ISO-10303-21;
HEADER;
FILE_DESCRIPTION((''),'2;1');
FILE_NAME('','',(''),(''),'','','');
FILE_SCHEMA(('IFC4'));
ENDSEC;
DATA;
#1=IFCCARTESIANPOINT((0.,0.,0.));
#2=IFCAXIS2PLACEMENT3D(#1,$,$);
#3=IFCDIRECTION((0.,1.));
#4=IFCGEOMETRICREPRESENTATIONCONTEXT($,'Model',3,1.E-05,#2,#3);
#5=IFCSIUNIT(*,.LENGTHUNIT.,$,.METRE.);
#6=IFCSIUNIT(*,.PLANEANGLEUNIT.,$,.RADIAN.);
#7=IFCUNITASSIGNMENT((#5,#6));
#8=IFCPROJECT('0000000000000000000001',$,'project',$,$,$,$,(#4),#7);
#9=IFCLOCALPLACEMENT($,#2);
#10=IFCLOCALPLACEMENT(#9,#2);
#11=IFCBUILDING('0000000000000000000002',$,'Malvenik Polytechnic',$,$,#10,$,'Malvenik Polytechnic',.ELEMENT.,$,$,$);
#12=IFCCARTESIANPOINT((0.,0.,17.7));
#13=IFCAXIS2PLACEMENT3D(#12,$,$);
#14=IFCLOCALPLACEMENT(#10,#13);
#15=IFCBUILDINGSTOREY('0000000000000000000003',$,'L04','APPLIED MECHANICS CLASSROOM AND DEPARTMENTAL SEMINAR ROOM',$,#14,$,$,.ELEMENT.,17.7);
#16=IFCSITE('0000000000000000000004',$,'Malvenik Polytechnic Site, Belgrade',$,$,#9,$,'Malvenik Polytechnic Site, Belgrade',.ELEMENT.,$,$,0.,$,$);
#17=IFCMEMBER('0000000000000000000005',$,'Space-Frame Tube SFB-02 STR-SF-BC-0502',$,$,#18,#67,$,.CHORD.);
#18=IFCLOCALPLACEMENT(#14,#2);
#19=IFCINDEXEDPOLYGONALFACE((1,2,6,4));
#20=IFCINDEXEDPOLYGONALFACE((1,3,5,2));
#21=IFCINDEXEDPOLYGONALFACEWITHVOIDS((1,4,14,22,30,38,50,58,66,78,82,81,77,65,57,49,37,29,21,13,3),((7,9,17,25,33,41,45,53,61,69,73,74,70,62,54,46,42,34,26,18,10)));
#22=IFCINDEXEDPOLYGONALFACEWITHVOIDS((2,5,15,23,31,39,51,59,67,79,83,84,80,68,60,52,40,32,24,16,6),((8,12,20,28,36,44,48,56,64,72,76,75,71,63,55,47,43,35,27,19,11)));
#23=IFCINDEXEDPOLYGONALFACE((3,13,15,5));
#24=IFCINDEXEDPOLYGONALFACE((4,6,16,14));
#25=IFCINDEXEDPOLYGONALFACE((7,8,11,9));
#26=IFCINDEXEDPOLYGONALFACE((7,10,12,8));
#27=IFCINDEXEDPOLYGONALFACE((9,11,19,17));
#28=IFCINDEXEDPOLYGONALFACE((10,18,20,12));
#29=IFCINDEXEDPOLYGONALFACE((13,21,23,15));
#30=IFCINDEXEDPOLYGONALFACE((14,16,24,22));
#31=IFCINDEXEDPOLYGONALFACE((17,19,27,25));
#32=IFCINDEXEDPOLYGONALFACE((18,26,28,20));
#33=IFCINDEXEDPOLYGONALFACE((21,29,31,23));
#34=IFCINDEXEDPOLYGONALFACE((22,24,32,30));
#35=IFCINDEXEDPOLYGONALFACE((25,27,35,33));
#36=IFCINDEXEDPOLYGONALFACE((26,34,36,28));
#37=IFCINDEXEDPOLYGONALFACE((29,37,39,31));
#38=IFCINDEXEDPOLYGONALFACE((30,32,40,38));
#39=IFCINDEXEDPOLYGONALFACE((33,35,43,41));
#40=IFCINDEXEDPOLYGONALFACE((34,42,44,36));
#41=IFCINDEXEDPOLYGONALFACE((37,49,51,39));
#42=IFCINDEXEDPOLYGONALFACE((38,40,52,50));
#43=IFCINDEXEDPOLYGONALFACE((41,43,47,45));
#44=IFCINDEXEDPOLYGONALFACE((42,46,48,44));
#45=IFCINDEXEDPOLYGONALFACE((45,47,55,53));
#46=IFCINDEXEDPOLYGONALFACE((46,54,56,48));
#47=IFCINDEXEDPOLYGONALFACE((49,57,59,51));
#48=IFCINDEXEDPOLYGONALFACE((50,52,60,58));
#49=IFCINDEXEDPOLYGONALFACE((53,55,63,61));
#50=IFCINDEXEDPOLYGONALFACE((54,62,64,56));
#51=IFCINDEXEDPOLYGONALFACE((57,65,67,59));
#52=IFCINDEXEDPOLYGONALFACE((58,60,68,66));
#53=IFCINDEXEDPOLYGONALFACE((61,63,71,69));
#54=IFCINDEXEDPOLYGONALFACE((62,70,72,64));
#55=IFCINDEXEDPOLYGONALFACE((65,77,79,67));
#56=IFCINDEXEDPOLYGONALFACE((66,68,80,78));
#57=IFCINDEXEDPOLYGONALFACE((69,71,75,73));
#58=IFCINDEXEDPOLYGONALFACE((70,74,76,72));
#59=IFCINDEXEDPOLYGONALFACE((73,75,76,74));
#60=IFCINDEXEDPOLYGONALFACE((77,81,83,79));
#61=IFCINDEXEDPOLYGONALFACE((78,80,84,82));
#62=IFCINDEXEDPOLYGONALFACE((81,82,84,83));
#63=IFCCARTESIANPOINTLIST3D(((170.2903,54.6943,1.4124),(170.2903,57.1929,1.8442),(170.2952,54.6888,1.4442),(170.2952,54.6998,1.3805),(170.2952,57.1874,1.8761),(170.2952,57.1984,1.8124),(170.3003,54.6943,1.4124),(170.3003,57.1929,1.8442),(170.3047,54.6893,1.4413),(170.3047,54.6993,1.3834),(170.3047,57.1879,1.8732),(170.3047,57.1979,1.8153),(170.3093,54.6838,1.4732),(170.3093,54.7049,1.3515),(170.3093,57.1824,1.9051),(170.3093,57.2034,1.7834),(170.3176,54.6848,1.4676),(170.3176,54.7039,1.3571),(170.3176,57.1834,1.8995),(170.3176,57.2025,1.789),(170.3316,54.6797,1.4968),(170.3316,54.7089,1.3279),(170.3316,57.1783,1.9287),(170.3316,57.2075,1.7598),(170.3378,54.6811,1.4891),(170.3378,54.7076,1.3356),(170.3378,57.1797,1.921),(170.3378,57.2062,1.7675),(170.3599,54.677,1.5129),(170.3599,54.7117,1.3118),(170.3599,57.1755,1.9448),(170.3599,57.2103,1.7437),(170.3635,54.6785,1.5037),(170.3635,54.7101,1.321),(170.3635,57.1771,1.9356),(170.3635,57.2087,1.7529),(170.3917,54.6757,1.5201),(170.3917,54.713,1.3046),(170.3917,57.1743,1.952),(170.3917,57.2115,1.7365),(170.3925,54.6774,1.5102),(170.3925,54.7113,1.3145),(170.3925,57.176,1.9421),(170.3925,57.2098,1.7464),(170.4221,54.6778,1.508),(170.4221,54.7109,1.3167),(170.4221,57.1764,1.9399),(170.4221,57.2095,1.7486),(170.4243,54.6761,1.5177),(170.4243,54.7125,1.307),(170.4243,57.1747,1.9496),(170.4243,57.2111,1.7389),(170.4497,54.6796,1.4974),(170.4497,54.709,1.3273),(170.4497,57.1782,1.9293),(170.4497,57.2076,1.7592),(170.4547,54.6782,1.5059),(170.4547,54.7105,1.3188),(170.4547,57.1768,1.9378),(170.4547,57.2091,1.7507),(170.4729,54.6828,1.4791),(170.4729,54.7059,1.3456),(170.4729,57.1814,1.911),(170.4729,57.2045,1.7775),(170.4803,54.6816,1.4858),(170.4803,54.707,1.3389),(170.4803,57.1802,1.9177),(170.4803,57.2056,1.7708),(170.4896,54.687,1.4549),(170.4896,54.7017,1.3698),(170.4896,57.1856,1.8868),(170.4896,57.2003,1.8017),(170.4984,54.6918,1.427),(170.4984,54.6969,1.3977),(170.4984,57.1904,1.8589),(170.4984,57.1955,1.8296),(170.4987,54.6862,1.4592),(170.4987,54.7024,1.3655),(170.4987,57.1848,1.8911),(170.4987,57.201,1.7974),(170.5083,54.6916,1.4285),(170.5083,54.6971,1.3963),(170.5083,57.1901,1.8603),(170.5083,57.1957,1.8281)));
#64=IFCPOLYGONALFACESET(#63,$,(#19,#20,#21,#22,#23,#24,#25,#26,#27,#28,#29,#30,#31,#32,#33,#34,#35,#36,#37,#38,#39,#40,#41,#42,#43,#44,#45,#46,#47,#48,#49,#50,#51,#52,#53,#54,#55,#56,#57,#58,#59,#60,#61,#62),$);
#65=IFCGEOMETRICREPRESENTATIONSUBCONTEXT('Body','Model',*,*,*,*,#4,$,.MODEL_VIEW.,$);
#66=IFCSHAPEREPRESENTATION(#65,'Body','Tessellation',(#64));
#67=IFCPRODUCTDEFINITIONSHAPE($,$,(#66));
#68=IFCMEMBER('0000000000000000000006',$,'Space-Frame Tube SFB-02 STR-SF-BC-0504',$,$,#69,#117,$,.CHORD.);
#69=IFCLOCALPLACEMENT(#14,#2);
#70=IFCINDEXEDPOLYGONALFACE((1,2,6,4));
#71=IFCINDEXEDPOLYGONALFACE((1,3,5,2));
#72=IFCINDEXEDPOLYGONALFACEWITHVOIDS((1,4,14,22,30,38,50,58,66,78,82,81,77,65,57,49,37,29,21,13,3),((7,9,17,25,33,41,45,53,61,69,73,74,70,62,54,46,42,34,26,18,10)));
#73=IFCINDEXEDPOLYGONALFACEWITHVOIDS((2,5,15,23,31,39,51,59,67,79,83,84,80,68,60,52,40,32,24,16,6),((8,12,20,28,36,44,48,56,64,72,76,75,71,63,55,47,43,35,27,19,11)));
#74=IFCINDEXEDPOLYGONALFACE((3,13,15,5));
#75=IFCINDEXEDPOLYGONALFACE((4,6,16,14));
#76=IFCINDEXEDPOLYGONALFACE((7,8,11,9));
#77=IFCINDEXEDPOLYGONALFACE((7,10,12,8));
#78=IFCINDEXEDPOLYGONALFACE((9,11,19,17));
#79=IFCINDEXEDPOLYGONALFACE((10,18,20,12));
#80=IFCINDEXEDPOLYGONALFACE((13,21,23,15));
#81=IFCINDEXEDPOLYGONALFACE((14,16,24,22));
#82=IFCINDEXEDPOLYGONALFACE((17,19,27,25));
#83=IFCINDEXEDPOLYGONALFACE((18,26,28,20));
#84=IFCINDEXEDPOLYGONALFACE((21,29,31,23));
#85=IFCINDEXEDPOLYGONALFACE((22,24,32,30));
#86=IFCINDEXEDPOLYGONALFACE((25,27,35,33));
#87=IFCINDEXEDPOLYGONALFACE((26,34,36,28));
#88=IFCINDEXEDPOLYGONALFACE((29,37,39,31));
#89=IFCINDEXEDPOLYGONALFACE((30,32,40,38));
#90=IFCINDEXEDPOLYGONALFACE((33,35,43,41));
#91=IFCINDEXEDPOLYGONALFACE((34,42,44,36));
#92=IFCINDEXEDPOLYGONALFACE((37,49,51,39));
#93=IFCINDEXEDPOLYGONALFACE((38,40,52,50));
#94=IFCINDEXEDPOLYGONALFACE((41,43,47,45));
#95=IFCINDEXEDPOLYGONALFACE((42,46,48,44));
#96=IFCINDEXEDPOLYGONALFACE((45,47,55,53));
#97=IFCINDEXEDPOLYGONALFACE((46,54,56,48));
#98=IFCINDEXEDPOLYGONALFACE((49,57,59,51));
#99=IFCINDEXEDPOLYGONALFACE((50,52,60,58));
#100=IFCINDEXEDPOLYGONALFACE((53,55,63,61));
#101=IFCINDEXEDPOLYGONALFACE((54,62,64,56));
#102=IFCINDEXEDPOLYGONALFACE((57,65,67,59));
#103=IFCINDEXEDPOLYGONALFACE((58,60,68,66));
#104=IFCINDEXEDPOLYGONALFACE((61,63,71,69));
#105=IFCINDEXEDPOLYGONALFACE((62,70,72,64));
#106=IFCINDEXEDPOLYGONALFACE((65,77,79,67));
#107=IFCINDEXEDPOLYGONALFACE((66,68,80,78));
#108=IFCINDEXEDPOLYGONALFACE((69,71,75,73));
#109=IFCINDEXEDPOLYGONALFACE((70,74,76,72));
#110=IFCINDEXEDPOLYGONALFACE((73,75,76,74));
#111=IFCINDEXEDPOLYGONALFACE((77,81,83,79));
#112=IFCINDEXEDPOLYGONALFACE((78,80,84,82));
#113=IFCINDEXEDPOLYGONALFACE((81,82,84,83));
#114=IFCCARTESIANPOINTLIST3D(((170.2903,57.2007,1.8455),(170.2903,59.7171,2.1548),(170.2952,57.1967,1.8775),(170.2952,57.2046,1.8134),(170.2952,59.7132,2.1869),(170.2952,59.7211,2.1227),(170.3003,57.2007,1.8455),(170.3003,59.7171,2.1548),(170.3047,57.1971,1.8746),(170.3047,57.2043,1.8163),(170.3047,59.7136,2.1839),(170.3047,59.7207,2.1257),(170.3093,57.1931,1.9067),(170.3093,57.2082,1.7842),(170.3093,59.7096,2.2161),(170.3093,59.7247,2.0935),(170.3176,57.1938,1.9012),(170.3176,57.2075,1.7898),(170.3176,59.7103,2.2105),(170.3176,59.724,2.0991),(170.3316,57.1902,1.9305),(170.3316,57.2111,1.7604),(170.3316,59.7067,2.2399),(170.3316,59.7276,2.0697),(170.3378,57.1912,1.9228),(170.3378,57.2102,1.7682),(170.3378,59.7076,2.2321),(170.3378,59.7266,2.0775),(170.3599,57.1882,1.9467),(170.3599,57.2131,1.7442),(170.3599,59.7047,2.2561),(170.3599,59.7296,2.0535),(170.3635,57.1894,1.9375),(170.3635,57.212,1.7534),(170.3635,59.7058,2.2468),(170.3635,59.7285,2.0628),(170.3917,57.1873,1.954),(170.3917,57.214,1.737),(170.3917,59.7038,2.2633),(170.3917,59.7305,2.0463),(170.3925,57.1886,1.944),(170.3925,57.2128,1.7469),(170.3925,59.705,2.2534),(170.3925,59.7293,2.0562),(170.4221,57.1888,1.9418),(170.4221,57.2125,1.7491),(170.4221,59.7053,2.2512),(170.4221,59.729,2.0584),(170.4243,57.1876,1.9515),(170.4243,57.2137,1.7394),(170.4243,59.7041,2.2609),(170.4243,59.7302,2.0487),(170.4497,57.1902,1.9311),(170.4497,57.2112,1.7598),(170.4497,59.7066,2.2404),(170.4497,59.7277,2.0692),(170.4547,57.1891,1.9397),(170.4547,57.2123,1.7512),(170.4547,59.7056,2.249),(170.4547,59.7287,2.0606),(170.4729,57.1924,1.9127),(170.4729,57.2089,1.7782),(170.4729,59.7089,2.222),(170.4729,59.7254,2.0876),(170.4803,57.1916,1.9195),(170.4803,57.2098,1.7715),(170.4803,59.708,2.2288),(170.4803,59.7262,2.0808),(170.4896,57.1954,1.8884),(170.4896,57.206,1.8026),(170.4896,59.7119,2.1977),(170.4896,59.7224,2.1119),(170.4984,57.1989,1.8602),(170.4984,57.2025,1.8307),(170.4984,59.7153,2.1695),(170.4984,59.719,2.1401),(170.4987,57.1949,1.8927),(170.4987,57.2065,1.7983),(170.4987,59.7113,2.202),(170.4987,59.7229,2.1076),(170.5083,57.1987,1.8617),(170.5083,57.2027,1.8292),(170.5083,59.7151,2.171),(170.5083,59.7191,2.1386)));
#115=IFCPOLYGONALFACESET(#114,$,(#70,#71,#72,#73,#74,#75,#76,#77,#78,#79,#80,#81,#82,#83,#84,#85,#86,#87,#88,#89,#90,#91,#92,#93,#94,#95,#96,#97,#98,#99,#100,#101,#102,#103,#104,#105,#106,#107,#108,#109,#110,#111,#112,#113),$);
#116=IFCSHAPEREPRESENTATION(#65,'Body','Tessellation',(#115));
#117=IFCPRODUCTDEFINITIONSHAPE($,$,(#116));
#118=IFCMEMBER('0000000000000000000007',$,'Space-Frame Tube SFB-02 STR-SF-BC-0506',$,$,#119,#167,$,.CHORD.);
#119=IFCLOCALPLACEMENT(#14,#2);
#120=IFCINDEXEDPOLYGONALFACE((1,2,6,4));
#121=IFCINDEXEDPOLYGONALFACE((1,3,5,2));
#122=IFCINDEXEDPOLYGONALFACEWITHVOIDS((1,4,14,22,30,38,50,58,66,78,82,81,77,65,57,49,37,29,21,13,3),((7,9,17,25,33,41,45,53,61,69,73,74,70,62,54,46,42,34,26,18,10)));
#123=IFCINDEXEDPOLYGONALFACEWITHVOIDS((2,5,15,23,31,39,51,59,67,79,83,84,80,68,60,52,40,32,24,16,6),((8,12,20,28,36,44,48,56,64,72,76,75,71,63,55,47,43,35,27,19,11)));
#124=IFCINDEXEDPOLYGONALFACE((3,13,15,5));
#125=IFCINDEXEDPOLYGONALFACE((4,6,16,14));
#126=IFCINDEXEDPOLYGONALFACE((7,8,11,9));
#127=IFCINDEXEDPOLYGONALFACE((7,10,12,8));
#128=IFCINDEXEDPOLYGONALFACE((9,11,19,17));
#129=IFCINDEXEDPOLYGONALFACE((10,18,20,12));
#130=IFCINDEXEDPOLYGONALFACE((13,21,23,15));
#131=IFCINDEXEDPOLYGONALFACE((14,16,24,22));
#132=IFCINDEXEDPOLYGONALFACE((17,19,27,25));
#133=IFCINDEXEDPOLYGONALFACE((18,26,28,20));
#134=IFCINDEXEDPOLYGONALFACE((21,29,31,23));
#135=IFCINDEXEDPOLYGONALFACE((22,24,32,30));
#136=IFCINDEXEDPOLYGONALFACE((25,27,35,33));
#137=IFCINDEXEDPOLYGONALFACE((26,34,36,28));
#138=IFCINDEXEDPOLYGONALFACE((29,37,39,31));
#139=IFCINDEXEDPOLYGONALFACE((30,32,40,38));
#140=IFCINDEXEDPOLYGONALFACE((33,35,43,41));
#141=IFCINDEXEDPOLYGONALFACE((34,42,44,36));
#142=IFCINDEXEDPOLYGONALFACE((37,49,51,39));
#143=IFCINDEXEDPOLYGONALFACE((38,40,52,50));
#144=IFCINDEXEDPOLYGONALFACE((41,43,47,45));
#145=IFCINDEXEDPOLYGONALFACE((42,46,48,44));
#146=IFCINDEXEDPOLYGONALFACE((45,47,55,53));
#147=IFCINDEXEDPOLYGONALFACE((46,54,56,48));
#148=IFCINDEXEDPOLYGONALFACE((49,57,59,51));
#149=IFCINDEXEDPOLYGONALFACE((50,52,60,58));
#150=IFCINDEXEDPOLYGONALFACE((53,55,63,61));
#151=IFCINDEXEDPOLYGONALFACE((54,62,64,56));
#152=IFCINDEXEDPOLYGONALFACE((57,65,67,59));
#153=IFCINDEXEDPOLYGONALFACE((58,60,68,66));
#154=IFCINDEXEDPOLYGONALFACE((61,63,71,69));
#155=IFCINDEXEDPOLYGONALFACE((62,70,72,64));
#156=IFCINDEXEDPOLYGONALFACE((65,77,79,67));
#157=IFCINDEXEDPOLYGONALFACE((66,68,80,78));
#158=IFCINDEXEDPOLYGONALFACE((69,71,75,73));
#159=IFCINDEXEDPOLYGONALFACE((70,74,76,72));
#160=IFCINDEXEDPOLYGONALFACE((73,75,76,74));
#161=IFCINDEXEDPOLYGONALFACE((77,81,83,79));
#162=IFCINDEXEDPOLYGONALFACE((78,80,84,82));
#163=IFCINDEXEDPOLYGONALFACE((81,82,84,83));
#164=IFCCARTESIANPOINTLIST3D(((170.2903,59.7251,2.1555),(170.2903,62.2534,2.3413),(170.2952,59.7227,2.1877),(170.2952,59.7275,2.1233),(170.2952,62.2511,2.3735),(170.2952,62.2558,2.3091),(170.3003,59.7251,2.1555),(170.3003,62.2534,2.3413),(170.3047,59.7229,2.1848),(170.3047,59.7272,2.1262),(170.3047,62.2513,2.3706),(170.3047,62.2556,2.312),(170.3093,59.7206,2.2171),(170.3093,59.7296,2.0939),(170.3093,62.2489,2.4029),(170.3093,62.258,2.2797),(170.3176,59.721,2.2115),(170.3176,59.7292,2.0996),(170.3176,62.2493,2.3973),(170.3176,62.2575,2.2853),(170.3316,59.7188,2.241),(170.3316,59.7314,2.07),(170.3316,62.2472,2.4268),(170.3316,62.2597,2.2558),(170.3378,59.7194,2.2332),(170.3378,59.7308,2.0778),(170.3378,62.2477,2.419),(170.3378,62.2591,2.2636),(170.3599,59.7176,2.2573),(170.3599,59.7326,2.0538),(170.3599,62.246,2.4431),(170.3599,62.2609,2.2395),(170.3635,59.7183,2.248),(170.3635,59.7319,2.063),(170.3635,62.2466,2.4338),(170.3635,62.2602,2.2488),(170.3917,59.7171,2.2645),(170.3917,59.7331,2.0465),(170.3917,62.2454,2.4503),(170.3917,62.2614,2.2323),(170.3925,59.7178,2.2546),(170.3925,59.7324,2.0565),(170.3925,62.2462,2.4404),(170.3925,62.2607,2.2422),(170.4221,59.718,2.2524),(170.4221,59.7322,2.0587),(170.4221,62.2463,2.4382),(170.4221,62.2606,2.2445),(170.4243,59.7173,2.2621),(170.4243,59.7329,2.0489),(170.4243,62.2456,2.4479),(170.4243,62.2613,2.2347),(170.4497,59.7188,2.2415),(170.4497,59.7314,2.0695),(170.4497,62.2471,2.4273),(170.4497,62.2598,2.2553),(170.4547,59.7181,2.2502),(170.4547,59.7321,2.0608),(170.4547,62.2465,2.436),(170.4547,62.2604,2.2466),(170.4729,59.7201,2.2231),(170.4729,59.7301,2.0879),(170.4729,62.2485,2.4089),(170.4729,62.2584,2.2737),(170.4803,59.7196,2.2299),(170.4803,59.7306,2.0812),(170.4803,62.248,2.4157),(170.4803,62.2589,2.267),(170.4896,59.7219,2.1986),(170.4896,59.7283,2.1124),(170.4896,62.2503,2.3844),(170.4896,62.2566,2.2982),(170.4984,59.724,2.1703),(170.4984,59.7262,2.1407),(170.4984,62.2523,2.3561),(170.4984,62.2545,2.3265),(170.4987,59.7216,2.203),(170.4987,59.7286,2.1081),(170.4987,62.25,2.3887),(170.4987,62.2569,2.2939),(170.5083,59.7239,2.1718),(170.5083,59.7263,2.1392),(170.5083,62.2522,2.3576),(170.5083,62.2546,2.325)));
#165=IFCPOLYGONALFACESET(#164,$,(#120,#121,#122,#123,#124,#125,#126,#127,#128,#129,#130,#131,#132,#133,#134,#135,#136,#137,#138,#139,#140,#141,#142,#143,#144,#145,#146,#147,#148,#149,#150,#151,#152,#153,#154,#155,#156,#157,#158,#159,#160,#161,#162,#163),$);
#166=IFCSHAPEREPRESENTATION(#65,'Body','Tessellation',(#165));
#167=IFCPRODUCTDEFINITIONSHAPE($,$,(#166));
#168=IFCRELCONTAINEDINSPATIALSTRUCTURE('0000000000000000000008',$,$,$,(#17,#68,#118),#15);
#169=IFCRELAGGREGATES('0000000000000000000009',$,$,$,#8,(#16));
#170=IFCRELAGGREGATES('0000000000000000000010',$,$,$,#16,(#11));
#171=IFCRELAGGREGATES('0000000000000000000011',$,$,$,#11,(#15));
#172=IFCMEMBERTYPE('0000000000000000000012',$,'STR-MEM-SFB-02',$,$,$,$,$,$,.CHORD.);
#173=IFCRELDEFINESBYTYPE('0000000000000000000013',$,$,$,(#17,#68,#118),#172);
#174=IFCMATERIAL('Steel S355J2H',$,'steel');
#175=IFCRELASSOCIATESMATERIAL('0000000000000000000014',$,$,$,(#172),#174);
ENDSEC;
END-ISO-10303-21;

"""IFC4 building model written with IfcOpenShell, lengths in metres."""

from ifc_helpers import new_model, si_unit, direction, frame, origin, origin_2d, place, context, subcontext, project, spatial, hollow_circle, extrude, material, material_profile, profile_set, type_object, element, save


model = new_model("IFC4")

# Units and contexts
model_context = context("Model", 3, precision=1e-05, world=origin(), true_north=direction((0.0, 1.0)))
body_context = subcontext(model_context, "Body", "Model", "MODEL_VIEW")
ifc_project = project(units=[si_unit("LENGTHUNIT", "METRE"), si_unit("PLANEANGLEUNIT", "RADIAN")], contexts=[model_context])

# Site, building, storey
site_placement = place(None, origin())
site = spatial("IfcSite", under=ifc_project, at=site_placement, Name="Malvenik Polytechnic Site, Belgrade", LongName="Malvenik Polytechnic Site, Belgrade", CompositionType="ELEMENT", RefElevation=0.0)
building_placement = place(site_placement, origin())
building = spatial("IfcBuilding", under=site, at=building_placement, Name="Malvenik Polytechnic", LongName="Malvenik Polytechnic", CompositionType="ELEMENT")
storey_placement = place(building_placement, frame((0.0, 0.0, 17.7)))
storey = spatial("IfcBuildingStorey", under=building, at=storey_placement, Name="L04", Description="APPLIED MECHANICS CLASSROOM AND DEPARTMENTAL SEMINAR ROOM", CompositionType="ELEMENT", Elevation=17.7)

# Members
ifc_material_1 = material(Name="Steel S355J2H", Category="steel")
ifc_material_profile_1 = material_profile(ifc_material_1, hollow_circle(Radius=0.1096, WallThickness=0.01, at=origin_2d()), Name="CHS 219.1x10.0")
ifc_profile_set_1 = profile_set([ifc_material_profile_1], Name="Steel S355J2H")
member_type_1 = type_object("IfcMemberType", Name="STR-MEM-SFB-02", PredefinedType="CHORD", material=ifc_profile_set_1)
member_1_placement = place(storey_placement, frame((170.3999, 54.6943, 1.4124), z_axis=(0.0, 0.985387, 0.170329), x_axis=(-1.0, 0.0, 0.0)))
element("IfcMember", 1, at=member_1_placement, inside=storey, type_object=member_type_1, Name="Space-Frame Tube SFB-02 STR-SF-BC-0502", PredefinedType="CHORD", context=body_context, shape_type="SweptSolid", body=[
    extrude(hollow_circle(Radius=0.1096, WallThickness=0.01, at=origin_2d()), origin(), (0.0, 0.0, 1.0), 2.5356),
])
member_2_placement = place(storey_placement, frame((170.3999, 57.2007, 1.8455), z_axis=(0.0, 0.992529, 0.122008), x_axis=(-1.0, 0.0, 0.0)))
element("IfcMember", 2, at=member_2_placement, inside=storey, type_object=member_type_1, Name="Space-Frame Tube SFB-02 STR-SF-BC-0504", PredefinedType="CHORD", context=body_context, shape_type="SweptSolid", body=[
    extrude(hollow_circle(Radius=0.1096, WallThickness=0.01, at=origin_2d()), origin(), (0.0, 0.0, 1.0), 2.5354),
])
for number, where, z_axis, x_axis, name in (
    (3, (170.3999, 59.7251, 2.1555), (0.0, 0.997311, 0.073286), (-1.0, 0.0, 0.0), "Space-Frame Tube SFB-02 STR-SF-BC-0506"),
):
    element("IfcMember", number, at=place(storey_placement, frame(where, z_axis=z_axis, x_axis=x_axis)), inside=storey, type_object=member_type_1, Name=name, PredefinedType="CHORD", context=body_context, shape_type="SweptSolid", body=[
        extrude(hollow_circle(Radius=0.1096, WallThickness=0.01, at=origin_2d()), origin(), (0.0, 0.0, 1.0), 2.5352),
    ])

save(model, "model.ifc")
